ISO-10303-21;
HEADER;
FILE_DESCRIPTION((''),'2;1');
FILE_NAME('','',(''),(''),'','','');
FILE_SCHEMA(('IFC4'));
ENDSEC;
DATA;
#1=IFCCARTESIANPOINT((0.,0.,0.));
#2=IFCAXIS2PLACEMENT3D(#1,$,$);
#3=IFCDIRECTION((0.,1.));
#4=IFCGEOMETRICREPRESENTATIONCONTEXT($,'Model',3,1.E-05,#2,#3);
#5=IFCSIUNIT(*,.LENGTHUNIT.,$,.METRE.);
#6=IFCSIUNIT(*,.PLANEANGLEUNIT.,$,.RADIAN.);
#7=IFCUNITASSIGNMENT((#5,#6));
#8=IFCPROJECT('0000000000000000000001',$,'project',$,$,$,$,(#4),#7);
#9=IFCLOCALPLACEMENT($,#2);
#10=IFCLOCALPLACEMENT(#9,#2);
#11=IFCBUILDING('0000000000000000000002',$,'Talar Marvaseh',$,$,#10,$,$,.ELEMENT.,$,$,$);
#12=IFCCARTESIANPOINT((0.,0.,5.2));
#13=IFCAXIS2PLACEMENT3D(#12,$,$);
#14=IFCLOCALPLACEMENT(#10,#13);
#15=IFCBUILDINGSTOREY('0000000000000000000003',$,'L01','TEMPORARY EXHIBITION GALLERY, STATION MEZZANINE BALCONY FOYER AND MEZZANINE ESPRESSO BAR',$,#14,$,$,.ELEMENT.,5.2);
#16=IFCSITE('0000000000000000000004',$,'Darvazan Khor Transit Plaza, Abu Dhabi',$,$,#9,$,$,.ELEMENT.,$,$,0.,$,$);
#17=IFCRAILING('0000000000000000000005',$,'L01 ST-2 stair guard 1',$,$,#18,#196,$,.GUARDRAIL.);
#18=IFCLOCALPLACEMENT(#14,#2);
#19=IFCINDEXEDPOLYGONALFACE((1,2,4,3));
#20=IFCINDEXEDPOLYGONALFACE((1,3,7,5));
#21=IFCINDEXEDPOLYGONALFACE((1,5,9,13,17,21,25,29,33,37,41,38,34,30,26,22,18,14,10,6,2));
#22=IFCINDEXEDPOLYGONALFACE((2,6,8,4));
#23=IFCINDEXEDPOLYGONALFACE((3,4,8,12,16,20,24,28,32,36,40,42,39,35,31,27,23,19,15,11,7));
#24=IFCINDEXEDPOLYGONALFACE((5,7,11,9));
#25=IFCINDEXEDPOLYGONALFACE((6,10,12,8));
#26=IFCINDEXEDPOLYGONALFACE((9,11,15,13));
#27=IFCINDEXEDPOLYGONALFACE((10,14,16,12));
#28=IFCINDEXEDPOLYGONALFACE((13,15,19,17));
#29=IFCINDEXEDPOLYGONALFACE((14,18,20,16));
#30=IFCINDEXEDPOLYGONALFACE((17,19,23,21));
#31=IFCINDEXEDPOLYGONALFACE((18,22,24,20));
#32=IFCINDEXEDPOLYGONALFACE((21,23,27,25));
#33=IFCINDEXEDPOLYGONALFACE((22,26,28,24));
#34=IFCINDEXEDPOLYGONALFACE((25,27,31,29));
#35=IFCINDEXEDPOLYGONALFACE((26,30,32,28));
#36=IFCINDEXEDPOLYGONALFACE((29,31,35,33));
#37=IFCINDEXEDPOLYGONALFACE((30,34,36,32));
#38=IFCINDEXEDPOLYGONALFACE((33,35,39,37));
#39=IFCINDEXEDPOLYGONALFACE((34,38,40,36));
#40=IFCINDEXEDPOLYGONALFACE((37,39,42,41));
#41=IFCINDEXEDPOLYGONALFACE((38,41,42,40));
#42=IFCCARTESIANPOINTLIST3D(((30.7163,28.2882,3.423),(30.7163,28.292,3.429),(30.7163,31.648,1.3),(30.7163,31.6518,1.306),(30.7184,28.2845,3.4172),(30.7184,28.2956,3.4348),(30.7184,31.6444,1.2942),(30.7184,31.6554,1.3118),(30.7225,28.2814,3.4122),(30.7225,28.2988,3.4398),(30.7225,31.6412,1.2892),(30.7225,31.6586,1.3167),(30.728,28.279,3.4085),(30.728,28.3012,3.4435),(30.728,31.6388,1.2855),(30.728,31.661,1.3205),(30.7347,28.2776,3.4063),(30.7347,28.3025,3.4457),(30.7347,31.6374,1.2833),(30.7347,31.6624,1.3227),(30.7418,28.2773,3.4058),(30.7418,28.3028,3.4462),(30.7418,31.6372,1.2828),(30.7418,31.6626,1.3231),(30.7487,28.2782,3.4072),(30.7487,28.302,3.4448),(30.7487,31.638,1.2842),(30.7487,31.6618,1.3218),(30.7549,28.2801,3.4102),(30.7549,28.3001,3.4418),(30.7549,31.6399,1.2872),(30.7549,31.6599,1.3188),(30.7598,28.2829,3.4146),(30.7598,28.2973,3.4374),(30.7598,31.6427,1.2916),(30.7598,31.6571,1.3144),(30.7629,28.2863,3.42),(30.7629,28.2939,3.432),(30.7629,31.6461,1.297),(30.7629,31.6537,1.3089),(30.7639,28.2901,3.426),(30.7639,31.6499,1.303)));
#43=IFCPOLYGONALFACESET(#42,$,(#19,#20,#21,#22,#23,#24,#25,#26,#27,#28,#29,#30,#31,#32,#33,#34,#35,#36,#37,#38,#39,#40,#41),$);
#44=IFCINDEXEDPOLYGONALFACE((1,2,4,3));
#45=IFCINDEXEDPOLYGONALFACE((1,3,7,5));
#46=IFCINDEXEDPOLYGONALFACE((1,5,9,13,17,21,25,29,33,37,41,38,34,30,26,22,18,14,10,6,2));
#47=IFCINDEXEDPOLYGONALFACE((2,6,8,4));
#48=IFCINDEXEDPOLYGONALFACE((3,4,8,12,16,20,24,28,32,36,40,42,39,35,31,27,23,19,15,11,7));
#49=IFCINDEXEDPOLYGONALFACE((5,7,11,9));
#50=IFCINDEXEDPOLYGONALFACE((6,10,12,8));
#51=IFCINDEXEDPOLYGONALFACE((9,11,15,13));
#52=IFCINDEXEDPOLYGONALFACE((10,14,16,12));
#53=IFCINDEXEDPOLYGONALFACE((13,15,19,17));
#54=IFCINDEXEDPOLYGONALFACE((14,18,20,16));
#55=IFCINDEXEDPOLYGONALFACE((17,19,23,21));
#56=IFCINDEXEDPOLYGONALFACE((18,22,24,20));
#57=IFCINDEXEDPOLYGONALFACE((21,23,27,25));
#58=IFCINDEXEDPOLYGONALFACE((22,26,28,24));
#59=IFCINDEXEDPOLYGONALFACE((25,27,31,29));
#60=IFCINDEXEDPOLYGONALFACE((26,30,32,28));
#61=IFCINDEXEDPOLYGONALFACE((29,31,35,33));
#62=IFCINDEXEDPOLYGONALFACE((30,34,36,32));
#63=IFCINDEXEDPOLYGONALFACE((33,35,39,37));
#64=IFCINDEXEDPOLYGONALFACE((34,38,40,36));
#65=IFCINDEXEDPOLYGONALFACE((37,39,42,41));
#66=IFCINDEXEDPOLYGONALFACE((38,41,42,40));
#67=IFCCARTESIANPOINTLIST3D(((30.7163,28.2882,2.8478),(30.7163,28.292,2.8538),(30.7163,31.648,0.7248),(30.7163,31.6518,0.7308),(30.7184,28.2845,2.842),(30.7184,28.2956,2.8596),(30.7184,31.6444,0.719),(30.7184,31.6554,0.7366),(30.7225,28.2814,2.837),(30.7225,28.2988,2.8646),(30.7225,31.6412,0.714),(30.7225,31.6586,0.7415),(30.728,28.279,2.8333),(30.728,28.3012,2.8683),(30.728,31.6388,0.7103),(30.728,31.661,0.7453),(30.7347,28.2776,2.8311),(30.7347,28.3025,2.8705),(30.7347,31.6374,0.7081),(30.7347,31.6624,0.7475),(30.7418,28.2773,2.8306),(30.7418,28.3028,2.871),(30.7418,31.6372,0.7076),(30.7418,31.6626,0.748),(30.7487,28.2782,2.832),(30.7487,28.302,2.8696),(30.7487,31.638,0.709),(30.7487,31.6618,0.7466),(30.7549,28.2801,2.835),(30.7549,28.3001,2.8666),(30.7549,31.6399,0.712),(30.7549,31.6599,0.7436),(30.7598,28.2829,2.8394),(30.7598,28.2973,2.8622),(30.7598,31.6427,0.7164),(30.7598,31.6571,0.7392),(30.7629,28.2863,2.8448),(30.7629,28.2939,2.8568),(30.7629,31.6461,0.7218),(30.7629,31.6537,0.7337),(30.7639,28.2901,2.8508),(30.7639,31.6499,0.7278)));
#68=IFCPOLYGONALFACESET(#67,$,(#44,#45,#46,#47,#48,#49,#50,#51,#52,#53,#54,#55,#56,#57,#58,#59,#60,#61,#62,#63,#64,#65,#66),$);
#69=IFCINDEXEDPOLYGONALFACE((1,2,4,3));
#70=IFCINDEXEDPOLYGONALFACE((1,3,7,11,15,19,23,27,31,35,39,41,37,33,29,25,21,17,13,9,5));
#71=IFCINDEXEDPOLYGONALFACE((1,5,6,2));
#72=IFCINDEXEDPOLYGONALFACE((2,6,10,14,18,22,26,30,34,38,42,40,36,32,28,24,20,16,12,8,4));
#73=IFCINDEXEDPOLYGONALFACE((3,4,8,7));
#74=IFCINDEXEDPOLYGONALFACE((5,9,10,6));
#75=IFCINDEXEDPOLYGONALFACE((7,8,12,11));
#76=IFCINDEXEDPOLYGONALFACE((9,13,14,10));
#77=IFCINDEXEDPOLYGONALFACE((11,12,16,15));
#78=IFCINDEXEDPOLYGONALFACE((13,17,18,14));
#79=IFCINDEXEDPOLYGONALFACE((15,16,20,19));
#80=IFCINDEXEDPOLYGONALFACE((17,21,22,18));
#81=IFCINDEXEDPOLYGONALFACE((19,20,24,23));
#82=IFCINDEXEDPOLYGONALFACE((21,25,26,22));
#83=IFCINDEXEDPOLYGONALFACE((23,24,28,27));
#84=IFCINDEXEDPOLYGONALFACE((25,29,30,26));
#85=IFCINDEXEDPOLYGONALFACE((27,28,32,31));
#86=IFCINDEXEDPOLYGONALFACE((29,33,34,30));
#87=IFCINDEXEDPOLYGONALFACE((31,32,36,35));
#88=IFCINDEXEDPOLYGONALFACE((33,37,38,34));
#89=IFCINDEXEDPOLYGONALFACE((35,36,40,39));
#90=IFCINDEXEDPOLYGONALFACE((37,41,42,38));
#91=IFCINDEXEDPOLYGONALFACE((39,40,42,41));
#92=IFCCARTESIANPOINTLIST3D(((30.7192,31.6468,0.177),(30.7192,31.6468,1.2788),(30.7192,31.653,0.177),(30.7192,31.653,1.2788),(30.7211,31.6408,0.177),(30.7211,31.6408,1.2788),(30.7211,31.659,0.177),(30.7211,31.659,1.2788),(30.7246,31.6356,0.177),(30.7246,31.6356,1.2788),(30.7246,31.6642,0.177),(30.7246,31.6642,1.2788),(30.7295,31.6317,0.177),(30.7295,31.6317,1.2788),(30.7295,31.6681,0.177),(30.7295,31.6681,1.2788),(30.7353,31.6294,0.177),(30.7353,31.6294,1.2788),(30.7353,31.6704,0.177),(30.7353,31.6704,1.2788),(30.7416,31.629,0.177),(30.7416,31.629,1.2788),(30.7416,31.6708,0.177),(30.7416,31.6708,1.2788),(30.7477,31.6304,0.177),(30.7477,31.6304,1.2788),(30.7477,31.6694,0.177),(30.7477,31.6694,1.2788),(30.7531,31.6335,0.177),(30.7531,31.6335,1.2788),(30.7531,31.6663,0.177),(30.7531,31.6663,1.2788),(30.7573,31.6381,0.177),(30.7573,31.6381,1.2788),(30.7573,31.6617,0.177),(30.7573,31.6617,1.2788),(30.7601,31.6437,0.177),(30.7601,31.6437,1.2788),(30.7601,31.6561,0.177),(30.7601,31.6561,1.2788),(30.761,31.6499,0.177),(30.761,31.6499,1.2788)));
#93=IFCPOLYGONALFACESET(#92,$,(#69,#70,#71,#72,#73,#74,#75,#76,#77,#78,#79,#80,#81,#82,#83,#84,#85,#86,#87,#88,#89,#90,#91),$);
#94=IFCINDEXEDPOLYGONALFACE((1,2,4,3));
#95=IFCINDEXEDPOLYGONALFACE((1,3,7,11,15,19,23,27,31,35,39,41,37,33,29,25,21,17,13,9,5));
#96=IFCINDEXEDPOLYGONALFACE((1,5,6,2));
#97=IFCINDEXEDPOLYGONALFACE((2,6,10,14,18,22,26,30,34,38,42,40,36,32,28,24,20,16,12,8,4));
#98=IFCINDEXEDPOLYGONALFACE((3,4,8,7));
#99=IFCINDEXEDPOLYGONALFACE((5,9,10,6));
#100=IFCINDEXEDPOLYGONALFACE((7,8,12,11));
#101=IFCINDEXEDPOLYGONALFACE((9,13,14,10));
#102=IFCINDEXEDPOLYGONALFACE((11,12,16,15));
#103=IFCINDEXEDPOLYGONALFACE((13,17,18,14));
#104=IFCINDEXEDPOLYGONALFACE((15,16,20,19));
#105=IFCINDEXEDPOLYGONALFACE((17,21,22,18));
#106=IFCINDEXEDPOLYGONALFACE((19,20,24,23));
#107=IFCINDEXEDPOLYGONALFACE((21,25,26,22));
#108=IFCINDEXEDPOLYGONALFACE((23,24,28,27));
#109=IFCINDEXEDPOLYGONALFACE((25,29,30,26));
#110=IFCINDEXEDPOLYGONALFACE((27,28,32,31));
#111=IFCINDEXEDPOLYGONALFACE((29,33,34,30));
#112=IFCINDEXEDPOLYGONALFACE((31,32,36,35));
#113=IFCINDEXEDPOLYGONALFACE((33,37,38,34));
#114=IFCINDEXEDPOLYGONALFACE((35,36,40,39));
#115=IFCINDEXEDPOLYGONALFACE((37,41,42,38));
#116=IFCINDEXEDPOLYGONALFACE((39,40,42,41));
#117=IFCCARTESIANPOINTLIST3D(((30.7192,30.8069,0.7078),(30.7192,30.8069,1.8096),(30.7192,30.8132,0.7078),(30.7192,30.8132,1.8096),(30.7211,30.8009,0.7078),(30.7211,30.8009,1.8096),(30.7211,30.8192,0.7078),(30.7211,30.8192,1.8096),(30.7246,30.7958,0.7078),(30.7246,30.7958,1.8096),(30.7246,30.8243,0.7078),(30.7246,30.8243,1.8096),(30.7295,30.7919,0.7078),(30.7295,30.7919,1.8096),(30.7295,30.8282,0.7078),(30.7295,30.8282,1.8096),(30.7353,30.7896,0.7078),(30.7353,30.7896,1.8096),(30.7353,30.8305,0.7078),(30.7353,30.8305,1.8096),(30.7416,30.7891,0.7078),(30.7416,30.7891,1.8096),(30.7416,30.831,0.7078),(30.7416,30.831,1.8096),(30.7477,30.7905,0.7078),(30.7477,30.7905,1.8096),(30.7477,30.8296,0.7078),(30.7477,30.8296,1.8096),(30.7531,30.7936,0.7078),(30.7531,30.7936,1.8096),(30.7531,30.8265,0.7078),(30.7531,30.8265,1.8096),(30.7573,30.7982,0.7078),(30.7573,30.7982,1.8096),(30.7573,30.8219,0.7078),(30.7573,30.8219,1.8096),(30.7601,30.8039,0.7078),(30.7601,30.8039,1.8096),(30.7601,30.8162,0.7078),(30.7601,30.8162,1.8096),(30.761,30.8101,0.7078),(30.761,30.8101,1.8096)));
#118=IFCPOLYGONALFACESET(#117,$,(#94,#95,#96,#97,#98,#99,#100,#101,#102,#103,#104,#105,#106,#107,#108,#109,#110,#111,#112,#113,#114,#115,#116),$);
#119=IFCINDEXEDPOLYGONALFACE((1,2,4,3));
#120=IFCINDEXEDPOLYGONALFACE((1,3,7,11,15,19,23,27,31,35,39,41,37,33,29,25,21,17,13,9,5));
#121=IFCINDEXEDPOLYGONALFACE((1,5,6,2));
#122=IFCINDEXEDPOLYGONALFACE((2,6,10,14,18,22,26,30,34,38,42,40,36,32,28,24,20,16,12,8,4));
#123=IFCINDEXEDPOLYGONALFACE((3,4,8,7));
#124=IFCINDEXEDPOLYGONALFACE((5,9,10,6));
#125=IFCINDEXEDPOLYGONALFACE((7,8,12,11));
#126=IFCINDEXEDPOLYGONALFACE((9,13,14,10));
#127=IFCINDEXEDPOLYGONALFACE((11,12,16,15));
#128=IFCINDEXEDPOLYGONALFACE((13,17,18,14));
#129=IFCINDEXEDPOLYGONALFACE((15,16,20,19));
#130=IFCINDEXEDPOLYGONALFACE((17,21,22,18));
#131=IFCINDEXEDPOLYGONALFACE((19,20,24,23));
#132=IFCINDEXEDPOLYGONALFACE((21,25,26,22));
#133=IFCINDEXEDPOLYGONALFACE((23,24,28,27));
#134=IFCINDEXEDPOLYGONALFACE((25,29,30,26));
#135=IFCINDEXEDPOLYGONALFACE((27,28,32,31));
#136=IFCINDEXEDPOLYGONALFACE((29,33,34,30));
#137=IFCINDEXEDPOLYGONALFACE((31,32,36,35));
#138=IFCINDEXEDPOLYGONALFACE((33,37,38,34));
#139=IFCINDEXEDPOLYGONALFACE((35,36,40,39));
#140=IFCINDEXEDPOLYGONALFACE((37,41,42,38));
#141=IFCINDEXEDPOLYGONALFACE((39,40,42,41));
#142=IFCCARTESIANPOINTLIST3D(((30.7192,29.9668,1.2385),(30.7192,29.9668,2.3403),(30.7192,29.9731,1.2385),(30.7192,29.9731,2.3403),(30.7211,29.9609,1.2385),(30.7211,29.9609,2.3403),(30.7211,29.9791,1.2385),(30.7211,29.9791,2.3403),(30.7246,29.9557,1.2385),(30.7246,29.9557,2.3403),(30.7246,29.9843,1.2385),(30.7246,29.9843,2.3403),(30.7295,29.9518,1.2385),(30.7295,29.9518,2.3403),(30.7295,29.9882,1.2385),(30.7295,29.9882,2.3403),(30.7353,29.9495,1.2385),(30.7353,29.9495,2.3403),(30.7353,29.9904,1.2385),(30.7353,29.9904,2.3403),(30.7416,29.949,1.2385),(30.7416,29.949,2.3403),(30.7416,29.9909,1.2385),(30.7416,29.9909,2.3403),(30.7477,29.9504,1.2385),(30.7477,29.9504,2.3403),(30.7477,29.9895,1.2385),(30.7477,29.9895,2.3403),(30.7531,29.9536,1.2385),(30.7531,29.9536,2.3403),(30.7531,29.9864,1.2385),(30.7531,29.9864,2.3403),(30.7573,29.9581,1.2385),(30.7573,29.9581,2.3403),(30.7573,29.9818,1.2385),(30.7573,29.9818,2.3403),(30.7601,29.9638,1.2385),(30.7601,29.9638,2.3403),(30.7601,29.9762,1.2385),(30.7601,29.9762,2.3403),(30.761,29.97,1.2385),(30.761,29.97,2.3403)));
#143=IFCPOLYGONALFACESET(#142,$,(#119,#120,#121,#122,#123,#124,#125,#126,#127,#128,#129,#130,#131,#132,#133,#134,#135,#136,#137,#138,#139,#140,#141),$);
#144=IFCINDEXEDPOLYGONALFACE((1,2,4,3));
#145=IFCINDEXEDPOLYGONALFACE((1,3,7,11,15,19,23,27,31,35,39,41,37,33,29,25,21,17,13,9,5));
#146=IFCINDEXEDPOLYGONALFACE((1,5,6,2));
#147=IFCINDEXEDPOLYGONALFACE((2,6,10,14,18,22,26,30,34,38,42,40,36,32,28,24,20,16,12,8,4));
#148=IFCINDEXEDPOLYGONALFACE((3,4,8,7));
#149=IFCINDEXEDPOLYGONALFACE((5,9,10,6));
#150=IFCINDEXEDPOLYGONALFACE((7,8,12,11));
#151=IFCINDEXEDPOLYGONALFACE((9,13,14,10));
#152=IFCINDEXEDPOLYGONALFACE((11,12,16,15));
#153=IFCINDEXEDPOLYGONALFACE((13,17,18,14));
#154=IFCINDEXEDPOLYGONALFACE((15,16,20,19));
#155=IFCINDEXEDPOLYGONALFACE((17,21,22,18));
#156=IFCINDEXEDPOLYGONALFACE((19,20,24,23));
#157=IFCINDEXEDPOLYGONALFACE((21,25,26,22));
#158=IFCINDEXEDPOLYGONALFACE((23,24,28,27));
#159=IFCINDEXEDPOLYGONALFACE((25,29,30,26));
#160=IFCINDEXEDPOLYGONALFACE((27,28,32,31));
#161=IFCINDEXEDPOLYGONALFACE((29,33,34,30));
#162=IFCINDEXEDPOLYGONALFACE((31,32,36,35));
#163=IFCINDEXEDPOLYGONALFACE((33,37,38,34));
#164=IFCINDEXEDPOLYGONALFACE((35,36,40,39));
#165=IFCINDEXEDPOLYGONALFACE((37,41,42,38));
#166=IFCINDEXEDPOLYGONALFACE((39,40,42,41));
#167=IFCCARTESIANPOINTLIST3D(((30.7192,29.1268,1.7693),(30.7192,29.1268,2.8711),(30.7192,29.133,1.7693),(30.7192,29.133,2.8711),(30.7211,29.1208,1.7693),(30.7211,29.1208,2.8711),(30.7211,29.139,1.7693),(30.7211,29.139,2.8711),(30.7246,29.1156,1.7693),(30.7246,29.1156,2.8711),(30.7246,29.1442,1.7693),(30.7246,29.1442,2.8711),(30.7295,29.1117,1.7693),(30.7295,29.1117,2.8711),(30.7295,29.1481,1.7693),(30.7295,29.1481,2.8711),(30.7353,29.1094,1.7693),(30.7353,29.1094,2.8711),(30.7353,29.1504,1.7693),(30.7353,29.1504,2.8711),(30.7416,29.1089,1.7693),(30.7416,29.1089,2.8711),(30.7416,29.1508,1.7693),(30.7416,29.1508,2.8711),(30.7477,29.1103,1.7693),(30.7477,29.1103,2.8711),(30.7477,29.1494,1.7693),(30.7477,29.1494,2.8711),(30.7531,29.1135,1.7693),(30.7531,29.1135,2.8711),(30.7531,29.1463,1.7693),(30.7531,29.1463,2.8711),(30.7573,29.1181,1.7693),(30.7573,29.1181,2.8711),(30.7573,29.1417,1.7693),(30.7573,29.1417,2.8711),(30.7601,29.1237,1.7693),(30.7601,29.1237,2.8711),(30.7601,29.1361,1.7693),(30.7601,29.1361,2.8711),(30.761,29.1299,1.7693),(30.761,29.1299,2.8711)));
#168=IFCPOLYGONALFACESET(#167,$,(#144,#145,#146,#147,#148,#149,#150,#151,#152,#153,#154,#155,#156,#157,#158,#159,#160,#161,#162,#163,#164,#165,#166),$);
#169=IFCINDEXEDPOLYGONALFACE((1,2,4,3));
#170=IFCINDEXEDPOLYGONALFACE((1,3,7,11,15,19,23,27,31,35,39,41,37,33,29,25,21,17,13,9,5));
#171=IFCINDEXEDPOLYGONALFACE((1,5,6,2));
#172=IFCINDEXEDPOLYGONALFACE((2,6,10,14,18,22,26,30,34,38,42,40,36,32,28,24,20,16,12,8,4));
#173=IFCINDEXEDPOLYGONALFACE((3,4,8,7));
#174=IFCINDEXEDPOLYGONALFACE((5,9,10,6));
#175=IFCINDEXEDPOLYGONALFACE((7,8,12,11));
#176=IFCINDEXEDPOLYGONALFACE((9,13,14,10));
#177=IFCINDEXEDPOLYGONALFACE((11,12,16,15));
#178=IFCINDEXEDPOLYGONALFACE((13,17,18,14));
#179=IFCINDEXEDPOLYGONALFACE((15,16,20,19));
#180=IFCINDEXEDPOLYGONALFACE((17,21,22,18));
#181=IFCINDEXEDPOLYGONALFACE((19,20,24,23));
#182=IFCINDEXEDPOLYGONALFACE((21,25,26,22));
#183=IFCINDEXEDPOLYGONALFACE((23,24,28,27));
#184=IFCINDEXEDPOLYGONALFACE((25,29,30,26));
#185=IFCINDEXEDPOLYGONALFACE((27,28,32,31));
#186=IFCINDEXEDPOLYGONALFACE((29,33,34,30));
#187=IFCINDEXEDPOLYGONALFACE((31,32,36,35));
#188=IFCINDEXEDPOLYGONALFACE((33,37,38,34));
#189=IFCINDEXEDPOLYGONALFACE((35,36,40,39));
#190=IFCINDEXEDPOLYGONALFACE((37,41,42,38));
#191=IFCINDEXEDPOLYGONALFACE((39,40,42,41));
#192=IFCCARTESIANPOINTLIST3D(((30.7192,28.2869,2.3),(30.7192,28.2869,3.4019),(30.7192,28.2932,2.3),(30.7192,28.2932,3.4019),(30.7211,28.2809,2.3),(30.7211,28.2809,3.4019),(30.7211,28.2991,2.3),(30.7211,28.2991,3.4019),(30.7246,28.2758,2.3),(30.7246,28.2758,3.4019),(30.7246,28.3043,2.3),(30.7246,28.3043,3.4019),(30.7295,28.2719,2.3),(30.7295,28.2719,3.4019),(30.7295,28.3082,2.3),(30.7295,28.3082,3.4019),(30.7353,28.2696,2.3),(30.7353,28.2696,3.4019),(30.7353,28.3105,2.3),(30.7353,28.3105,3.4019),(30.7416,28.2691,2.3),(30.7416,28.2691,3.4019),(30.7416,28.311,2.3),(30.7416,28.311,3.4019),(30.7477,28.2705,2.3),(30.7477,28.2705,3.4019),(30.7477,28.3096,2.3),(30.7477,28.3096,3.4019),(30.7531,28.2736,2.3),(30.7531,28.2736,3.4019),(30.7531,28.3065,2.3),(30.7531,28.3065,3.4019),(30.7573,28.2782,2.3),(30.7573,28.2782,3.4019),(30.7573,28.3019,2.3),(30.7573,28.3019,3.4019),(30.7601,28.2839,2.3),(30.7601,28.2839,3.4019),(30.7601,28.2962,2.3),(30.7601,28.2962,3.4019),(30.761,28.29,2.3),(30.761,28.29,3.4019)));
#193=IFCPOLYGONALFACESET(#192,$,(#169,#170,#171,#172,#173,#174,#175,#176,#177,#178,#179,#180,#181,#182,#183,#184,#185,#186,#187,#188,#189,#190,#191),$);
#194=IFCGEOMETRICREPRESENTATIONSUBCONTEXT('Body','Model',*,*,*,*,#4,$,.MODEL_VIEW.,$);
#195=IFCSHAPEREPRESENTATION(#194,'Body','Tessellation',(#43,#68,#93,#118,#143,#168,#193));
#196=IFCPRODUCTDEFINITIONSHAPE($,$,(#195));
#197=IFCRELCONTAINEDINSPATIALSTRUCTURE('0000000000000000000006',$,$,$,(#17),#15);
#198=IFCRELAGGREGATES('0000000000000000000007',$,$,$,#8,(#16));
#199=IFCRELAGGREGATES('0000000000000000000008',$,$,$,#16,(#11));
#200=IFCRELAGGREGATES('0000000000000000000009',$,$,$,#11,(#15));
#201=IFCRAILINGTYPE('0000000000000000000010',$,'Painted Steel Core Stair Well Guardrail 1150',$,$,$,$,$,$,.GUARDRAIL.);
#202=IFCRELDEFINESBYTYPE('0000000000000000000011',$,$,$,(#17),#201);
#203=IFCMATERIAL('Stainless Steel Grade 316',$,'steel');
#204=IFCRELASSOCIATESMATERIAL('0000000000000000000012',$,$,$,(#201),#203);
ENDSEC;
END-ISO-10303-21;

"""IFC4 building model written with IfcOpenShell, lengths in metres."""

from ifc_helpers import new_model, si_unit, direction, frame, origin, origin_2d, place, context, subcontext, project, spatial, circle, extrude, material, type_object, element, save


model = new_model("IFC4")

# Units and contexts
model_context = context("Model", 3, precision=1e-05, world=origin(), true_north=direction((0.0, 1.0)))
body_context = subcontext(model_context, "Body", "Model", "MODEL_VIEW")
ifc_project = project(units=[si_unit("LENGTHUNIT", "METRE"), si_unit("PLANEANGLEUNIT", "RADIAN")], contexts=[model_context])

# Site, building, storey
site_placement = place(None, origin())
site = spatial("IfcSite", under=ifc_project, at=site_placement, Name="Darvazan Khor Transit Plaza, Abu Dhabi", CompositionType="ELEMENT", RefElevation=0.0)
building_placement = place(site_placement, origin())
building = spatial("IfcBuilding", under=site, at=building_placement, Name="Talar Marvaseh", CompositionType="ELEMENT")
storey_placement = place(building_placement, frame((0.0, 0.0, 5.2)))
storey = spatial("IfcBuildingStorey", under=building, at=storey_placement, Name="L01", Description="TEMPORARY EXHIBITION GALLERY, STATION MEZZANINE BALCONY FOYER AND MEZZANINE ESPRESSO BAR", CompositionType="ELEMENT", Elevation=5.2)

# Shared definitions
ifc_material_1 = material(Name="Stainless Steel Grade 316", Category="steel")

# Railing
railing_type_1 = type_object("IfcRailingType", Name="Painted Steel Core Stair Well Guardrail 1150", PredefinedType="GUARDRAIL", material=ifc_material_1)
railing_1_placement = place(storey_placement, frame((30.74, 31.6499, 0.177)))
element("IfcRailing", 1, at=railing_1_placement, inside=storey, type_object=railing_type_1, Name="L01 ST-2 stair guard 1", PredefinedType="GUARDRAIL", context=body_context, shape_type="SweptSolid", body=[
    extrude(circle(Radius=0.0239, at=origin_2d()), frame((0.0, 0.0, 1.126), z_axis=(0.0, -0.845372, 0.534178), x_axis=(1.0, 0.0, 0.0)), (0.0, 0.0, 1.0), 3.9744),
    extrude(circle(Radius=0.0239, at=origin_2d()), frame((0.0, 0.0, 0.5508), z_axis=(0.0, -0.845372, 0.534178), x_axis=(1.0, 0.0, 0.0)), (0.0, 0.0, 1.0), 3.9744),
    extrude(circle(Radius=0.021, at=origin_2d()), origin(), (0.0, 0.0, 1.0), 1.1018),
    extrude(circle(Radius=0.021, at=origin_2d()), frame((0.0, -0.8398, 0.5308)), (0.0, 0.0, 1.0), 1.1018),
    extrude(circle(Radius=0.021, at=origin_2d()), frame((0.0, -1.6799, 1.0615)), (0.0, 0.0, 1.0), 1.1018),
    extrude(circle(Radius=0.021, at=origin_2d()), frame((0.0, -2.52, 1.5923)), (0.0, 0.0, 1.0), 1.1018),
    extrude(circle(Radius=0.021, at=origin_2d()), frame((0.0, -3.3599, 2.123)), (0.0, 0.0, 1.0), 1.1018),
])

save(model, "model.ifc")
